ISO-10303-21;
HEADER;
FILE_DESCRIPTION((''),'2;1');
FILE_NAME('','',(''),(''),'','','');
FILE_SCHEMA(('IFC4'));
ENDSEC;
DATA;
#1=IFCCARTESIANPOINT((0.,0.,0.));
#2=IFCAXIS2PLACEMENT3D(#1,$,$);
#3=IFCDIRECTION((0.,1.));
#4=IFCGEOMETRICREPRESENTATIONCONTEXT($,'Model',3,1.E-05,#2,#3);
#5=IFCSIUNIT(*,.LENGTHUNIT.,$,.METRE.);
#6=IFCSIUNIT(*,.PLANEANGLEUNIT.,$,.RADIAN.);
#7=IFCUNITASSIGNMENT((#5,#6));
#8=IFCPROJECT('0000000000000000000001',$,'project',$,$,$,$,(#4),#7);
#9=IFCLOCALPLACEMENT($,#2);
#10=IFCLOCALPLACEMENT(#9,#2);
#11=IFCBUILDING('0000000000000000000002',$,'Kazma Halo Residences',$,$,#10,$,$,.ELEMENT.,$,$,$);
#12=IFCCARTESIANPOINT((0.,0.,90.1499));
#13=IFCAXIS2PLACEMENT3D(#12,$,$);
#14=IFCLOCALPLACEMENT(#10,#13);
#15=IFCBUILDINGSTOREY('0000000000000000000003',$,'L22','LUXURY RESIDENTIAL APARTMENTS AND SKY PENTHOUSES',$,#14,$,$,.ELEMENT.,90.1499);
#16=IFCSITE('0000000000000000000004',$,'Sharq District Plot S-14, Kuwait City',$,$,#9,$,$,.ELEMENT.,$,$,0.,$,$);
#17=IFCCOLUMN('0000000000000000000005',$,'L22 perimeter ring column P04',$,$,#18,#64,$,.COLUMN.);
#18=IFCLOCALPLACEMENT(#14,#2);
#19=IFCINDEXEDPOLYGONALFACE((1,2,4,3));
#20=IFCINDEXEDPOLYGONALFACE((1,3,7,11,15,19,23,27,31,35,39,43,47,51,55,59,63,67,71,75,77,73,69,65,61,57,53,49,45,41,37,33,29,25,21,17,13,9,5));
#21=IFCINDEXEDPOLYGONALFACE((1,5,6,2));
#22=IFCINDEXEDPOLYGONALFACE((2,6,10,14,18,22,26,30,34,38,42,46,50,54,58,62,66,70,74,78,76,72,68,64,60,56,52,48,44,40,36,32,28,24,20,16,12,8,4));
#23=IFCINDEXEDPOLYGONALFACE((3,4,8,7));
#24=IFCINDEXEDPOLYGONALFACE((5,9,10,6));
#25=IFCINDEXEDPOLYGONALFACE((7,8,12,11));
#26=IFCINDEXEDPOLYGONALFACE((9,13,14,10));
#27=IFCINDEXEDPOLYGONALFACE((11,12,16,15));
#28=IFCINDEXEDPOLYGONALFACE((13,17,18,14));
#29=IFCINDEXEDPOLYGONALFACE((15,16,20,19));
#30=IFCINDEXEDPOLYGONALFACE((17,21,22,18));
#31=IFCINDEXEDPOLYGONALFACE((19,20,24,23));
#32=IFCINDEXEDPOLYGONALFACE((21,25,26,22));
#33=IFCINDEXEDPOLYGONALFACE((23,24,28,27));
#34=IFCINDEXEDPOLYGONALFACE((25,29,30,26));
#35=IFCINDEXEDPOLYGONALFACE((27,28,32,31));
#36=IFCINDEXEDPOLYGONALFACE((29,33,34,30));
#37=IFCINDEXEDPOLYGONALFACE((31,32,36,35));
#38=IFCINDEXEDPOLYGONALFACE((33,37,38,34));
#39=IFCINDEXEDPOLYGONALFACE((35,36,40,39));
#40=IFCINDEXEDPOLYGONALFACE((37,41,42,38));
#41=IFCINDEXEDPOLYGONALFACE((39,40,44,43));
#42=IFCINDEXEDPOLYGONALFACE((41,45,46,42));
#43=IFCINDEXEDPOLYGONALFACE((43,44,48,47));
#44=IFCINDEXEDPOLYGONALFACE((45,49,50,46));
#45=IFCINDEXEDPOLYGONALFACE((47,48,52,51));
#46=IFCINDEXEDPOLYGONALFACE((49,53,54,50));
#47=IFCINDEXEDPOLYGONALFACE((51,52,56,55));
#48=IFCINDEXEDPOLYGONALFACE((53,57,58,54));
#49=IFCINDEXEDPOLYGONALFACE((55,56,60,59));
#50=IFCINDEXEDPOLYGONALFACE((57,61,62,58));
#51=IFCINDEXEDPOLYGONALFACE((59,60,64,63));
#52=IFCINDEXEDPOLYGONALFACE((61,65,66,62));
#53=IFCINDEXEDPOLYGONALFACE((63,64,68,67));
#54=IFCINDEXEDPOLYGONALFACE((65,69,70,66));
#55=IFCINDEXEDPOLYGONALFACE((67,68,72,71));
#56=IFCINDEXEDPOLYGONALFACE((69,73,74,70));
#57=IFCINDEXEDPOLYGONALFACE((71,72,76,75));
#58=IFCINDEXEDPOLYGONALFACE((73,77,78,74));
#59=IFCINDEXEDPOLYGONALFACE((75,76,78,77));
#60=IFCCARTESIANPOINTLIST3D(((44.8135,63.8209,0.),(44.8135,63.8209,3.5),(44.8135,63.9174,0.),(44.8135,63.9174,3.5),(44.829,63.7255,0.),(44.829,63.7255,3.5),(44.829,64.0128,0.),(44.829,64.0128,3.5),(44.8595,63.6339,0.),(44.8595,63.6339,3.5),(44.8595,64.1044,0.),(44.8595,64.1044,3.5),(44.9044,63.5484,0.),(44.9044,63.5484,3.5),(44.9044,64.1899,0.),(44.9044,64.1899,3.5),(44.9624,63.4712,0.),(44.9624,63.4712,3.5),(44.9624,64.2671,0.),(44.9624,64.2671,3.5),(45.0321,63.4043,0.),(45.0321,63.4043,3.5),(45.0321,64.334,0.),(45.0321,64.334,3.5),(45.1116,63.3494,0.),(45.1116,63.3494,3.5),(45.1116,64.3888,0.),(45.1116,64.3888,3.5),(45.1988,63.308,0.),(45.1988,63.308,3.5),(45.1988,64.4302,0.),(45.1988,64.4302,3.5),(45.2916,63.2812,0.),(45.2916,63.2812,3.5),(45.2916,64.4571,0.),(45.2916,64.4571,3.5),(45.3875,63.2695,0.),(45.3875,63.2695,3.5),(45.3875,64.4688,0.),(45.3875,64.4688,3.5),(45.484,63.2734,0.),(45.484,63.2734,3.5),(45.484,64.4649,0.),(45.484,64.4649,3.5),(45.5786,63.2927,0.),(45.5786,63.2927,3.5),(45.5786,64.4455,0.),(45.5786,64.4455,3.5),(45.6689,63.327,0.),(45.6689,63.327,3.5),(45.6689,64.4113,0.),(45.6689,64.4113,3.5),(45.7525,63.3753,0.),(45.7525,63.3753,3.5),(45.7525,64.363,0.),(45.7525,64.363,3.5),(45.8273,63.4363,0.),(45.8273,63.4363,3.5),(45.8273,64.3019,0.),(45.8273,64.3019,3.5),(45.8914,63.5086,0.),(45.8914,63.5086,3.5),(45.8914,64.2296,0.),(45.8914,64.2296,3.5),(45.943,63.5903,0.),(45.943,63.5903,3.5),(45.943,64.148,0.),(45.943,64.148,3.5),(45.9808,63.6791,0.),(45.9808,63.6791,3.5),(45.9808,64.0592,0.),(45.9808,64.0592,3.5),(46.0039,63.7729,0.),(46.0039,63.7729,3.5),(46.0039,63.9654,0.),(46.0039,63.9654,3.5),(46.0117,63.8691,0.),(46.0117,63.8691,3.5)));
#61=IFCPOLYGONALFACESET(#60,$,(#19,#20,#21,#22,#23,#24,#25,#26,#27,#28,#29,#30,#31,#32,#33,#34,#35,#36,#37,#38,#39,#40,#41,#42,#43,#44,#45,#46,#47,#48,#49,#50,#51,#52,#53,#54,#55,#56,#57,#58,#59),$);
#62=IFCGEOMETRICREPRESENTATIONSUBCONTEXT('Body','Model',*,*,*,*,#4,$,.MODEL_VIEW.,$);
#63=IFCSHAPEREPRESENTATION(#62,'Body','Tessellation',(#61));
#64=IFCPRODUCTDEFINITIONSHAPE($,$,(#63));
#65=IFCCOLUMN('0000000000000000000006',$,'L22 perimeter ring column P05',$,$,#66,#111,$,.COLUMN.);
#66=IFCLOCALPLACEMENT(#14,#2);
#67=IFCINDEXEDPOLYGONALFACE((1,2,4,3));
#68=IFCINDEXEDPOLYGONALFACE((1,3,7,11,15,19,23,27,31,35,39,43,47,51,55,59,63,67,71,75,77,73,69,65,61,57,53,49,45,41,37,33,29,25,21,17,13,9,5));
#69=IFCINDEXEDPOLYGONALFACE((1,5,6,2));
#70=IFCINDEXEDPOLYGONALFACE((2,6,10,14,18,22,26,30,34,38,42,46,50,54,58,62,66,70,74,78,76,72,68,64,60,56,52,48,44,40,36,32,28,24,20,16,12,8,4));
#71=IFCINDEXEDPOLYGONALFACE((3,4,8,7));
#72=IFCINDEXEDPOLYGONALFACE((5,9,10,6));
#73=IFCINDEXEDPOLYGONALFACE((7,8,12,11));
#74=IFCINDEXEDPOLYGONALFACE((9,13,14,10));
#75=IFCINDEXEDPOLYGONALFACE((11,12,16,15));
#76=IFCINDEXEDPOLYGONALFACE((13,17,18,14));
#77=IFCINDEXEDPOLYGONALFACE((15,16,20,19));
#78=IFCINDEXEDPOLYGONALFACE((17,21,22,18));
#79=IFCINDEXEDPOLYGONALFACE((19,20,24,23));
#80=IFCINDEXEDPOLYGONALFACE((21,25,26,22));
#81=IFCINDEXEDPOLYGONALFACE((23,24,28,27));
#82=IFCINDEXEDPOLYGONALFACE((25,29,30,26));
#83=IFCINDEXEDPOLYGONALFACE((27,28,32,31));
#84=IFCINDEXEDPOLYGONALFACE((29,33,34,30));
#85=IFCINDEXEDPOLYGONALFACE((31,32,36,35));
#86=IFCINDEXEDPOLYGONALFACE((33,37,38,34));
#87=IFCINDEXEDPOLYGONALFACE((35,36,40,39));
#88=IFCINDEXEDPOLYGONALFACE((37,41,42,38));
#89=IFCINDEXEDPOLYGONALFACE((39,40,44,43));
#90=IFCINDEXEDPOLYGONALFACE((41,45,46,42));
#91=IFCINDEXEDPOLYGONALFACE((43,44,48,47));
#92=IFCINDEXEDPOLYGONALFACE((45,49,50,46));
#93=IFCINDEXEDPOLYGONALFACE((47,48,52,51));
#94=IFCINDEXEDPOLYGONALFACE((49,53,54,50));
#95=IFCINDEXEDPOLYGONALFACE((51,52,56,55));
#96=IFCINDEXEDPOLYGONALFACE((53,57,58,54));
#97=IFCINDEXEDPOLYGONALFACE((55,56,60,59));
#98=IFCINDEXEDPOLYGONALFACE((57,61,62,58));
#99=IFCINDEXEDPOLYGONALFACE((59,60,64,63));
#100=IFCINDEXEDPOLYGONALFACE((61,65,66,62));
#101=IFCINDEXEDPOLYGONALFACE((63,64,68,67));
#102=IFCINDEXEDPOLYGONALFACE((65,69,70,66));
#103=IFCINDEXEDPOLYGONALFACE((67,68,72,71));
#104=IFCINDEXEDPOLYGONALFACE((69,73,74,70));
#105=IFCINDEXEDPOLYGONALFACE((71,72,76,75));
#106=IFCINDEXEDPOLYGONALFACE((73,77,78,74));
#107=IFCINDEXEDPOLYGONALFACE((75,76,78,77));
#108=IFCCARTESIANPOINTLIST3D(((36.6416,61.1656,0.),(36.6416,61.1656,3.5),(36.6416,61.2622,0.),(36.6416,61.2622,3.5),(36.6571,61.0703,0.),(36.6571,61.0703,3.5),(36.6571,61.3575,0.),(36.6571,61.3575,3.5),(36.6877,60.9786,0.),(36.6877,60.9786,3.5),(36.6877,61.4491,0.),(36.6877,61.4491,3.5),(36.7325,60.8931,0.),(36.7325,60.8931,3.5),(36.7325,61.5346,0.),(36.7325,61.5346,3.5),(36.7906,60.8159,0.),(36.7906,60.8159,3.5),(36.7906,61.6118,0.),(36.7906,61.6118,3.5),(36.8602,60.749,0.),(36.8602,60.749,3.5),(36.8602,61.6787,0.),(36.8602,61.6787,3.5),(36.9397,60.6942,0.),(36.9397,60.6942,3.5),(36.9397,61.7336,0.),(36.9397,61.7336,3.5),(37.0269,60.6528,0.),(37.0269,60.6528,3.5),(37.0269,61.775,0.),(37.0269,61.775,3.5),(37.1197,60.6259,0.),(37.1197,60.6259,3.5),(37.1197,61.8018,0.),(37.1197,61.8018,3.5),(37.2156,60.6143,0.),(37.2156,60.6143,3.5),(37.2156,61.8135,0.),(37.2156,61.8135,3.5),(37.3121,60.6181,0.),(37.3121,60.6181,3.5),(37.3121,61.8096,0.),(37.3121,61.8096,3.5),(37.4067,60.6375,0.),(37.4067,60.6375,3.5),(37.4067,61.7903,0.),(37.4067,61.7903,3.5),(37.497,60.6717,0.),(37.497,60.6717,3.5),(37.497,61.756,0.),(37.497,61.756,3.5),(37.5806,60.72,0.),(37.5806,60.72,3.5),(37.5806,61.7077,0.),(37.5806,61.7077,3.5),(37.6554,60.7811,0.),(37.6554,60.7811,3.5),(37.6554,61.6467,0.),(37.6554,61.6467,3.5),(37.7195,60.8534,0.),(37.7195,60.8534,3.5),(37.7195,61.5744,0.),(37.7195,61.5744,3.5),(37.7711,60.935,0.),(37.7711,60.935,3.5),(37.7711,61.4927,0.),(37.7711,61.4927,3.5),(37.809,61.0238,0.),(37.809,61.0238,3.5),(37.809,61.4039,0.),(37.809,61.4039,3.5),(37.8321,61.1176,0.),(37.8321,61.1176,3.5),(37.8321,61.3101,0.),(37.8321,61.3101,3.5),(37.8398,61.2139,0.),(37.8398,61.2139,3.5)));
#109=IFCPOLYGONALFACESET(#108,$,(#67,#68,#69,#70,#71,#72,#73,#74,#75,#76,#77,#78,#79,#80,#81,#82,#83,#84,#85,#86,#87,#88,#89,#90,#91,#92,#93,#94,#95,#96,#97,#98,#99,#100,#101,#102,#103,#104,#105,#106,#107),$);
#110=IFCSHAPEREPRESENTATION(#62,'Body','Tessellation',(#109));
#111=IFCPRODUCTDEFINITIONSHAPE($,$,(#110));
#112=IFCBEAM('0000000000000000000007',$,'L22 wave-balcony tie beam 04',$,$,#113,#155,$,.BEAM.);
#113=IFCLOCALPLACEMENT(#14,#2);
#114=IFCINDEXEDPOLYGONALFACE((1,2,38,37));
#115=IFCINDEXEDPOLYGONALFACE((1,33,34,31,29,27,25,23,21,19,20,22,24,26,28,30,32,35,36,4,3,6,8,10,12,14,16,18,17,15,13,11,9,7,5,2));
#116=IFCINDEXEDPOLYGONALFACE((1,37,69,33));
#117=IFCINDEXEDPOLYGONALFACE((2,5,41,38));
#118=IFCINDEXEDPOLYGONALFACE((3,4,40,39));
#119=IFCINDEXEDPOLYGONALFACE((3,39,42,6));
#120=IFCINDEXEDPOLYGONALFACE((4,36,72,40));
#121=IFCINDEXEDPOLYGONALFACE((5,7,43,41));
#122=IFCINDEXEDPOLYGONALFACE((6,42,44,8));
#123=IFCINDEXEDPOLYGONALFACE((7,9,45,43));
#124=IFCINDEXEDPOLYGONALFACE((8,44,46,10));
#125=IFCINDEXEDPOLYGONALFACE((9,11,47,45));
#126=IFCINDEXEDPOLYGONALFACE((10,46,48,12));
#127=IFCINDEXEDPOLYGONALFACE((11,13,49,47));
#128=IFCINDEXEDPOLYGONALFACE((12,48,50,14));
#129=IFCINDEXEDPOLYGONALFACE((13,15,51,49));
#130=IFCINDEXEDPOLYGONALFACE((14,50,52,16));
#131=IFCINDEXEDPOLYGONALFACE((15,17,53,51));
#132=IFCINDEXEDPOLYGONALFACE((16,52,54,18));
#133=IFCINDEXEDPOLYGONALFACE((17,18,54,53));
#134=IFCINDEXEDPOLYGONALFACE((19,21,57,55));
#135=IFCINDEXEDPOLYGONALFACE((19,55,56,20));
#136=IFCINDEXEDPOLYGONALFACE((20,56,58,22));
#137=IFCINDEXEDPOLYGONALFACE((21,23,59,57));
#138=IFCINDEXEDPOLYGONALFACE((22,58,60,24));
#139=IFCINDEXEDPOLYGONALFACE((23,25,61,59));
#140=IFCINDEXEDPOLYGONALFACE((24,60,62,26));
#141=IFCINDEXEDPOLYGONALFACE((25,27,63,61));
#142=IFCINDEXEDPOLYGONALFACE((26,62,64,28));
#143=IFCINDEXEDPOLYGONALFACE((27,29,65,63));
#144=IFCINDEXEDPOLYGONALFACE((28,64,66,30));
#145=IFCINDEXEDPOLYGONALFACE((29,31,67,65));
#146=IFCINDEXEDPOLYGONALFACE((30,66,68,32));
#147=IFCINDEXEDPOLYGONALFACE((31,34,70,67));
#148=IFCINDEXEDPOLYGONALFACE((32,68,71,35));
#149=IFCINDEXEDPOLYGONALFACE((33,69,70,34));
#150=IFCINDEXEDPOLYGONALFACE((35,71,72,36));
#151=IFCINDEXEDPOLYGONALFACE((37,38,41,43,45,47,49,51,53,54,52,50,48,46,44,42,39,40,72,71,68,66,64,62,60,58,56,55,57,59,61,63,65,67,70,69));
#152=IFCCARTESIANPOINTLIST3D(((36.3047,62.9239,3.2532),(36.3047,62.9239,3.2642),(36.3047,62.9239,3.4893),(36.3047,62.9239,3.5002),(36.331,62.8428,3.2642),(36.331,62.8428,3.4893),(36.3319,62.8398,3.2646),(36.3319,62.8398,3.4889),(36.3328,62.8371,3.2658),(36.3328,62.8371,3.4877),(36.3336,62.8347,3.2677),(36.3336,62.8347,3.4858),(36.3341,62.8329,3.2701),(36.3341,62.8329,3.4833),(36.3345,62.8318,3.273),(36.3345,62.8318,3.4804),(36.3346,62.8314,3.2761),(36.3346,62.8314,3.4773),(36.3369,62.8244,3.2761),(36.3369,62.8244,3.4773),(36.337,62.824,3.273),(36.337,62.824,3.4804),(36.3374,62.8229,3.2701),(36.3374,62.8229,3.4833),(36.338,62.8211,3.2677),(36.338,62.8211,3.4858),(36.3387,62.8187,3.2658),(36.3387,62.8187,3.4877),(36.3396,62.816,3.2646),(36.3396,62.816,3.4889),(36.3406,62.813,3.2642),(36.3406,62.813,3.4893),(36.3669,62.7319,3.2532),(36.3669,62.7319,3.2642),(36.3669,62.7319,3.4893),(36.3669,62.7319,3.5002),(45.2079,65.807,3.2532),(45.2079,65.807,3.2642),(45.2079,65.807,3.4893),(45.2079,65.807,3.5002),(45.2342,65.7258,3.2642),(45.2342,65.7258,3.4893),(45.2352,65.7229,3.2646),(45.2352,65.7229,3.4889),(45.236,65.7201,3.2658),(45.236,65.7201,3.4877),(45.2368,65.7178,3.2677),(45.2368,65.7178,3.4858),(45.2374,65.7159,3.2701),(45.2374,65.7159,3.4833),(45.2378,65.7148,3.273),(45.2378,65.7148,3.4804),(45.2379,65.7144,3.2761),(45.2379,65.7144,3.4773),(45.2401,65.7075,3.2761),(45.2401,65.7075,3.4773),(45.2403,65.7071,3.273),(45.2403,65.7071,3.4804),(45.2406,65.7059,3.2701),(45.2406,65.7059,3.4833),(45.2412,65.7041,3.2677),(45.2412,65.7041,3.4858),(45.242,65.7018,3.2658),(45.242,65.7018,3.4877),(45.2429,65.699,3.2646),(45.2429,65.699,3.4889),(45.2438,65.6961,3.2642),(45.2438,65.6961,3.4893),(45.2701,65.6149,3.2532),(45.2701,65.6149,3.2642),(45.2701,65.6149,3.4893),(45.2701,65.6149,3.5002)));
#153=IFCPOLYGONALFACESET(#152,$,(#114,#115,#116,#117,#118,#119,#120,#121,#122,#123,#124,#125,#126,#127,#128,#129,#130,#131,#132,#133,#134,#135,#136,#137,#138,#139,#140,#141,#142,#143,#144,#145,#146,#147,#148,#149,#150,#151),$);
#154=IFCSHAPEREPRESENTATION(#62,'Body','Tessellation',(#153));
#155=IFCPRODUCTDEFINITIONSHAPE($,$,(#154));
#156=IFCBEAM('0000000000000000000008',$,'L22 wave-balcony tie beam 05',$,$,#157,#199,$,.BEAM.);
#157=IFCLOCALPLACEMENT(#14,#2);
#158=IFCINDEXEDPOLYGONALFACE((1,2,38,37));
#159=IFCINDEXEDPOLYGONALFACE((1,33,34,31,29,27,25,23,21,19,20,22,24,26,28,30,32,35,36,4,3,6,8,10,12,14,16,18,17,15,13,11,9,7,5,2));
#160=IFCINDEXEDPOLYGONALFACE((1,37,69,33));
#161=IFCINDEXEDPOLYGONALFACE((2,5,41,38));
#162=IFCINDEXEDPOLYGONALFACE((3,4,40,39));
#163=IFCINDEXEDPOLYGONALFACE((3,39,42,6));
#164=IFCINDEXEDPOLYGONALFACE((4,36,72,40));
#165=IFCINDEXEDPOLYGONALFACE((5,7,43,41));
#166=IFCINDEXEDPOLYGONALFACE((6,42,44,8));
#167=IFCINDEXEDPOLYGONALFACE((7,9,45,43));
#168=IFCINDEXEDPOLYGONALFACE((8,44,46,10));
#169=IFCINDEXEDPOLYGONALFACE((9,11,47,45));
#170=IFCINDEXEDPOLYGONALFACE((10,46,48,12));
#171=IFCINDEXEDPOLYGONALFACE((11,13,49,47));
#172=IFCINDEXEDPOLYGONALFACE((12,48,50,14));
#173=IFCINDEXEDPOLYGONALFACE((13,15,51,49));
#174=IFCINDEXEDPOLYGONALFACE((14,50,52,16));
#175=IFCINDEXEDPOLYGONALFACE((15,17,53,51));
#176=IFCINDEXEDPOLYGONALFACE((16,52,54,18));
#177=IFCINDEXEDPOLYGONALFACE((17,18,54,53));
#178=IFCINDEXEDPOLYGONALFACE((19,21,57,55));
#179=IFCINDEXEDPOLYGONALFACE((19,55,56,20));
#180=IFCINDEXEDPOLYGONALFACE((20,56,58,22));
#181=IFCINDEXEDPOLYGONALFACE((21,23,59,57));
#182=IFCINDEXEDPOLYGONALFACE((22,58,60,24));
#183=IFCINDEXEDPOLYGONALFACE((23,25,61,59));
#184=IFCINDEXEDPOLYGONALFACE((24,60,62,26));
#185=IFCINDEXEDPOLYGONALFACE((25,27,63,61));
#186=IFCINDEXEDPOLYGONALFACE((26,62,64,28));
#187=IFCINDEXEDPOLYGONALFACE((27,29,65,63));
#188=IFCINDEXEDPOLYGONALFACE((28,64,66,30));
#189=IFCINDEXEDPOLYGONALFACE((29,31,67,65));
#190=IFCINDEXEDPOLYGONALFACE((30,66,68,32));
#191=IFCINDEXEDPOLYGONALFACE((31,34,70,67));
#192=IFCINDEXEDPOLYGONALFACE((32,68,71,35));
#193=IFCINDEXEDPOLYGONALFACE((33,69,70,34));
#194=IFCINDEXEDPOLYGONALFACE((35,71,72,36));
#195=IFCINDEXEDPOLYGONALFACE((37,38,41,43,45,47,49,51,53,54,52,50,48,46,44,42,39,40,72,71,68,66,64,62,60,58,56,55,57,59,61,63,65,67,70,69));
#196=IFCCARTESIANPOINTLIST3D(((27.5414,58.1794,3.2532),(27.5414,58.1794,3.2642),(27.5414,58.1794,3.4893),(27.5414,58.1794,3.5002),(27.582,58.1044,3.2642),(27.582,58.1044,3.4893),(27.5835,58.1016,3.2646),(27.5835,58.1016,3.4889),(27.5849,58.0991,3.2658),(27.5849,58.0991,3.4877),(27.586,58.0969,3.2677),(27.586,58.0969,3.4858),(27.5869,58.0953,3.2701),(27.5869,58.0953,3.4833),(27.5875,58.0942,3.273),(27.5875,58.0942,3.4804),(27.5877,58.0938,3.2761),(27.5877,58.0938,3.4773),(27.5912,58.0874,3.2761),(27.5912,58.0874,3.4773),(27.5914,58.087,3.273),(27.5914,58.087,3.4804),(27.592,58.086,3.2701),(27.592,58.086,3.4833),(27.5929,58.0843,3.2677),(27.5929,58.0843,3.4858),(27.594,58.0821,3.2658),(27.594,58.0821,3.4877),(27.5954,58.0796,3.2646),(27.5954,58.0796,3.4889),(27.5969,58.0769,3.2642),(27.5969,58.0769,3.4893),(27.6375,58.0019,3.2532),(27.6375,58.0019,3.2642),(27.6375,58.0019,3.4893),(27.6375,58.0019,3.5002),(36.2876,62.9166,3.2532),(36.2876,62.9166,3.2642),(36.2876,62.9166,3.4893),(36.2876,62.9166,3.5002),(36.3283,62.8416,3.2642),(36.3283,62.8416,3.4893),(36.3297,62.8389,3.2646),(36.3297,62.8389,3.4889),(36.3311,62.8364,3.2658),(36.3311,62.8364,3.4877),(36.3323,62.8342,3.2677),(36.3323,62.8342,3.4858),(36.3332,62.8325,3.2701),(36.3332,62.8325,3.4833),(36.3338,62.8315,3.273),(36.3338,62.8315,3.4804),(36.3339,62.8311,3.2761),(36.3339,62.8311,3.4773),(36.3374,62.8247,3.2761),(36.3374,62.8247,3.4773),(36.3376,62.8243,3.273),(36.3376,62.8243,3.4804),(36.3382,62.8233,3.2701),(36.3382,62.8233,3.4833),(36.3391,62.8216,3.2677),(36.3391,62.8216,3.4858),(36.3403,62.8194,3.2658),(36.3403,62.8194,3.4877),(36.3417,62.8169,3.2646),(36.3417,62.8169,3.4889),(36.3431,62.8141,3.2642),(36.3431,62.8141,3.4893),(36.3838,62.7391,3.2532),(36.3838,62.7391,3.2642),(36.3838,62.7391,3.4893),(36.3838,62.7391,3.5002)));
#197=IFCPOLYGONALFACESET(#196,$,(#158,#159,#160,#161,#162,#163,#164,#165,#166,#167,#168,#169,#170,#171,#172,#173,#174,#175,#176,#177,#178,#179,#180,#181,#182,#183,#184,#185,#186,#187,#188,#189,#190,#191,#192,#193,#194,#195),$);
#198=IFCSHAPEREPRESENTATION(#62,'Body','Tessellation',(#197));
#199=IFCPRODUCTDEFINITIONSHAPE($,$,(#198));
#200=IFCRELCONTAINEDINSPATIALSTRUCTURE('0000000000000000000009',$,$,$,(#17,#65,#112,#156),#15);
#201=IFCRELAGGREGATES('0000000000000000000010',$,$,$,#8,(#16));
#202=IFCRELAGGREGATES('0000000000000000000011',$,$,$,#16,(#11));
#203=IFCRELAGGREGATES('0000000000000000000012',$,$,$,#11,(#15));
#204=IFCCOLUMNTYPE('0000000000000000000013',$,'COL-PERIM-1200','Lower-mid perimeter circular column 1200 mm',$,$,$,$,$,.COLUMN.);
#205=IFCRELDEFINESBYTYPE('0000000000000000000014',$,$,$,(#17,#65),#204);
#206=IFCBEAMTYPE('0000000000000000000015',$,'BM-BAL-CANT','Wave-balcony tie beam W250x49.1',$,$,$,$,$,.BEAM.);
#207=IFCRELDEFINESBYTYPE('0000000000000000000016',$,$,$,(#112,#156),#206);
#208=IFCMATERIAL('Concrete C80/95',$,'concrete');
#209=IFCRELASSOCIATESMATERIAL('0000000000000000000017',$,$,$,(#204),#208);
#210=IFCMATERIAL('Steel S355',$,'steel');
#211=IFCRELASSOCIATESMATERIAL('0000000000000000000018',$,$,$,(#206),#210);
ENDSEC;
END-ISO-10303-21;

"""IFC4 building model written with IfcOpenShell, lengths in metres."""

from ifc_helpers import new_model, si_unit, direction, frame, origin, origin_2d, place, context, subcontext, project, spatial, circle, i_section, extrude, material, material_profile, profile_set, type_object, element, save


model = new_model("IFC4")

# Units and contexts
model_context = context("Model", 3, precision=1e-05, world=origin(), true_north=direction((0.0, 1.0)))
body_context = subcontext(model_context, "Body", "Model", "MODEL_VIEW")
ifc_project = project(units=[si_unit("LENGTHUNIT", "METRE"), si_unit("PLANEANGLEUNIT", "RADIAN")], contexts=[model_context])

# Site, building, storey
site_placement = place(None, origin())
site = spatial("IfcSite", under=ifc_project, at=site_placement, Name="Sharq District Plot S-14, Kuwait City", CompositionType="ELEMENT", RefElevation=0.0)
building_placement = place(site_placement, origin())
building = spatial("IfcBuilding", under=site, at=building_placement, Name="Kazma Halo Residences", CompositionType="ELEMENT")
storey_placement = place(building_placement, frame((0.0, 0.0, 90.1499)))
storey = spatial("IfcBuildingStorey", under=building, at=storey_placement, Name="L22", Description="LUXURY RESIDENTIAL APARTMENTS AND SKY PENTHOUSES", CompositionType="ELEMENT", Elevation=90.1499)

# Columns
ifc_material_1 = material(Name="Concrete C80/95", Category="concrete")
ifc_material_profile_1 = material_profile(ifc_material_1, circle(Radius=0.6001, at=origin_2d()), Name="CIRC1200")
ifc_profile_set_1 = profile_set([ifc_material_profile_1], Name="Concrete C80/95")
column_type = type_object("IfcColumnType", Name="COL-PERIM-1200", Description="Lower-mid perimeter circular column 1200 mm", PredefinedType="COLUMN", material=ifc_profile_set_1)
for number, where, z_axis, x_axis, name in (
    (1, (45.4116, 63.8691, 0.0), (0.0, 0.0, 1.0), (1.0, 0.0, 0.0), "L22 perimeter ring column P04"),
    (2, (37.2397, 61.2139, 0.0), (0.0, 0.0, 1.0), (1.0, 0.0, 0.0), "L22 perimeter ring column P05"),
):
    element("IfcColumn", number, at=place(storey_placement, frame(where, z_axis=z_axis, x_axis=x_axis)), inside=storey, type_object=column_type, Name=name, PredefinedType="COLUMN", context=body_context, shape_type="SweptSolid", body=[
        extrude(circle(Radius=0.6001, at=origin_2d()), origin(), (0.0, 0.0, 1.0), 3.5),
    ])

# Beams
ifc_material_2 = material(Name="Steel S355", Category="steel")
ifc_material_profile_2 = material_profile(ifc_material_2, i_section(OverallWidth=0.2019, OverallDepth=0.2471, WebThickness=0.0073, FlangeThickness=0.011, FilletRadius=0.012, at=origin_2d()), Name="W250x49.1")
ifc_profile_set_2 = profile_set([ifc_material_profile_2], Name="Steel S355")
beam_type_1 = type_object("IfcBeamType", Name="BM-BAL-CANT", Description="Wave-balcony tie beam W250x49.1", PredefinedType="BEAM", material=ifc_profile_set_2)
beam_1_placement = place(storey_placement, frame((45.239, 65.7109, 3.3767), z_axis=(-0.951364, -0.308069, 0.0), x_axis=(0.308069, -0.951364, 0.0)))
element("IfcBeam", 3, at=beam_1_placement, inside=storey, type_object=beam_type_1, Name="L22 wave-balcony tie beam 04", PredefinedType="BEAM", context=body_context, shape_type="SweptSolid", body=[
    extrude(i_section(OverallWidth=0.2019, OverallDepth=0.2471, WebThickness=0.0073, FlangeThickness=0.011, FilletRadius=0.012, at=origin_2d()), origin(), (0.0, 0.0, 1.0), 9.3584),
])
beam_2_placement = place(storey_placement, frame((36.3357, 62.8279, 3.3767), z_axis=(-0.879304, -0.47626, 0.0), x_axis=(0.47626, -0.879304, 0.0)))
element("IfcBeam", 4, at=beam_2_placement, inside=storey, type_object=beam_type_1, Name="L22 wave-balcony tie beam 05", PredefinedType="BEAM", context=body_context, shape_type="SweptSolid", body=[
    extrude(i_section(OverallWidth=0.2019, OverallDepth=0.2471, WebThickness=0.0073, FlangeThickness=0.011, FilletRadius=0.012, at=origin_2d()), origin(), (0.0, 0.0, 1.0), 9.9468),
])

save(model, "model.ifc")
